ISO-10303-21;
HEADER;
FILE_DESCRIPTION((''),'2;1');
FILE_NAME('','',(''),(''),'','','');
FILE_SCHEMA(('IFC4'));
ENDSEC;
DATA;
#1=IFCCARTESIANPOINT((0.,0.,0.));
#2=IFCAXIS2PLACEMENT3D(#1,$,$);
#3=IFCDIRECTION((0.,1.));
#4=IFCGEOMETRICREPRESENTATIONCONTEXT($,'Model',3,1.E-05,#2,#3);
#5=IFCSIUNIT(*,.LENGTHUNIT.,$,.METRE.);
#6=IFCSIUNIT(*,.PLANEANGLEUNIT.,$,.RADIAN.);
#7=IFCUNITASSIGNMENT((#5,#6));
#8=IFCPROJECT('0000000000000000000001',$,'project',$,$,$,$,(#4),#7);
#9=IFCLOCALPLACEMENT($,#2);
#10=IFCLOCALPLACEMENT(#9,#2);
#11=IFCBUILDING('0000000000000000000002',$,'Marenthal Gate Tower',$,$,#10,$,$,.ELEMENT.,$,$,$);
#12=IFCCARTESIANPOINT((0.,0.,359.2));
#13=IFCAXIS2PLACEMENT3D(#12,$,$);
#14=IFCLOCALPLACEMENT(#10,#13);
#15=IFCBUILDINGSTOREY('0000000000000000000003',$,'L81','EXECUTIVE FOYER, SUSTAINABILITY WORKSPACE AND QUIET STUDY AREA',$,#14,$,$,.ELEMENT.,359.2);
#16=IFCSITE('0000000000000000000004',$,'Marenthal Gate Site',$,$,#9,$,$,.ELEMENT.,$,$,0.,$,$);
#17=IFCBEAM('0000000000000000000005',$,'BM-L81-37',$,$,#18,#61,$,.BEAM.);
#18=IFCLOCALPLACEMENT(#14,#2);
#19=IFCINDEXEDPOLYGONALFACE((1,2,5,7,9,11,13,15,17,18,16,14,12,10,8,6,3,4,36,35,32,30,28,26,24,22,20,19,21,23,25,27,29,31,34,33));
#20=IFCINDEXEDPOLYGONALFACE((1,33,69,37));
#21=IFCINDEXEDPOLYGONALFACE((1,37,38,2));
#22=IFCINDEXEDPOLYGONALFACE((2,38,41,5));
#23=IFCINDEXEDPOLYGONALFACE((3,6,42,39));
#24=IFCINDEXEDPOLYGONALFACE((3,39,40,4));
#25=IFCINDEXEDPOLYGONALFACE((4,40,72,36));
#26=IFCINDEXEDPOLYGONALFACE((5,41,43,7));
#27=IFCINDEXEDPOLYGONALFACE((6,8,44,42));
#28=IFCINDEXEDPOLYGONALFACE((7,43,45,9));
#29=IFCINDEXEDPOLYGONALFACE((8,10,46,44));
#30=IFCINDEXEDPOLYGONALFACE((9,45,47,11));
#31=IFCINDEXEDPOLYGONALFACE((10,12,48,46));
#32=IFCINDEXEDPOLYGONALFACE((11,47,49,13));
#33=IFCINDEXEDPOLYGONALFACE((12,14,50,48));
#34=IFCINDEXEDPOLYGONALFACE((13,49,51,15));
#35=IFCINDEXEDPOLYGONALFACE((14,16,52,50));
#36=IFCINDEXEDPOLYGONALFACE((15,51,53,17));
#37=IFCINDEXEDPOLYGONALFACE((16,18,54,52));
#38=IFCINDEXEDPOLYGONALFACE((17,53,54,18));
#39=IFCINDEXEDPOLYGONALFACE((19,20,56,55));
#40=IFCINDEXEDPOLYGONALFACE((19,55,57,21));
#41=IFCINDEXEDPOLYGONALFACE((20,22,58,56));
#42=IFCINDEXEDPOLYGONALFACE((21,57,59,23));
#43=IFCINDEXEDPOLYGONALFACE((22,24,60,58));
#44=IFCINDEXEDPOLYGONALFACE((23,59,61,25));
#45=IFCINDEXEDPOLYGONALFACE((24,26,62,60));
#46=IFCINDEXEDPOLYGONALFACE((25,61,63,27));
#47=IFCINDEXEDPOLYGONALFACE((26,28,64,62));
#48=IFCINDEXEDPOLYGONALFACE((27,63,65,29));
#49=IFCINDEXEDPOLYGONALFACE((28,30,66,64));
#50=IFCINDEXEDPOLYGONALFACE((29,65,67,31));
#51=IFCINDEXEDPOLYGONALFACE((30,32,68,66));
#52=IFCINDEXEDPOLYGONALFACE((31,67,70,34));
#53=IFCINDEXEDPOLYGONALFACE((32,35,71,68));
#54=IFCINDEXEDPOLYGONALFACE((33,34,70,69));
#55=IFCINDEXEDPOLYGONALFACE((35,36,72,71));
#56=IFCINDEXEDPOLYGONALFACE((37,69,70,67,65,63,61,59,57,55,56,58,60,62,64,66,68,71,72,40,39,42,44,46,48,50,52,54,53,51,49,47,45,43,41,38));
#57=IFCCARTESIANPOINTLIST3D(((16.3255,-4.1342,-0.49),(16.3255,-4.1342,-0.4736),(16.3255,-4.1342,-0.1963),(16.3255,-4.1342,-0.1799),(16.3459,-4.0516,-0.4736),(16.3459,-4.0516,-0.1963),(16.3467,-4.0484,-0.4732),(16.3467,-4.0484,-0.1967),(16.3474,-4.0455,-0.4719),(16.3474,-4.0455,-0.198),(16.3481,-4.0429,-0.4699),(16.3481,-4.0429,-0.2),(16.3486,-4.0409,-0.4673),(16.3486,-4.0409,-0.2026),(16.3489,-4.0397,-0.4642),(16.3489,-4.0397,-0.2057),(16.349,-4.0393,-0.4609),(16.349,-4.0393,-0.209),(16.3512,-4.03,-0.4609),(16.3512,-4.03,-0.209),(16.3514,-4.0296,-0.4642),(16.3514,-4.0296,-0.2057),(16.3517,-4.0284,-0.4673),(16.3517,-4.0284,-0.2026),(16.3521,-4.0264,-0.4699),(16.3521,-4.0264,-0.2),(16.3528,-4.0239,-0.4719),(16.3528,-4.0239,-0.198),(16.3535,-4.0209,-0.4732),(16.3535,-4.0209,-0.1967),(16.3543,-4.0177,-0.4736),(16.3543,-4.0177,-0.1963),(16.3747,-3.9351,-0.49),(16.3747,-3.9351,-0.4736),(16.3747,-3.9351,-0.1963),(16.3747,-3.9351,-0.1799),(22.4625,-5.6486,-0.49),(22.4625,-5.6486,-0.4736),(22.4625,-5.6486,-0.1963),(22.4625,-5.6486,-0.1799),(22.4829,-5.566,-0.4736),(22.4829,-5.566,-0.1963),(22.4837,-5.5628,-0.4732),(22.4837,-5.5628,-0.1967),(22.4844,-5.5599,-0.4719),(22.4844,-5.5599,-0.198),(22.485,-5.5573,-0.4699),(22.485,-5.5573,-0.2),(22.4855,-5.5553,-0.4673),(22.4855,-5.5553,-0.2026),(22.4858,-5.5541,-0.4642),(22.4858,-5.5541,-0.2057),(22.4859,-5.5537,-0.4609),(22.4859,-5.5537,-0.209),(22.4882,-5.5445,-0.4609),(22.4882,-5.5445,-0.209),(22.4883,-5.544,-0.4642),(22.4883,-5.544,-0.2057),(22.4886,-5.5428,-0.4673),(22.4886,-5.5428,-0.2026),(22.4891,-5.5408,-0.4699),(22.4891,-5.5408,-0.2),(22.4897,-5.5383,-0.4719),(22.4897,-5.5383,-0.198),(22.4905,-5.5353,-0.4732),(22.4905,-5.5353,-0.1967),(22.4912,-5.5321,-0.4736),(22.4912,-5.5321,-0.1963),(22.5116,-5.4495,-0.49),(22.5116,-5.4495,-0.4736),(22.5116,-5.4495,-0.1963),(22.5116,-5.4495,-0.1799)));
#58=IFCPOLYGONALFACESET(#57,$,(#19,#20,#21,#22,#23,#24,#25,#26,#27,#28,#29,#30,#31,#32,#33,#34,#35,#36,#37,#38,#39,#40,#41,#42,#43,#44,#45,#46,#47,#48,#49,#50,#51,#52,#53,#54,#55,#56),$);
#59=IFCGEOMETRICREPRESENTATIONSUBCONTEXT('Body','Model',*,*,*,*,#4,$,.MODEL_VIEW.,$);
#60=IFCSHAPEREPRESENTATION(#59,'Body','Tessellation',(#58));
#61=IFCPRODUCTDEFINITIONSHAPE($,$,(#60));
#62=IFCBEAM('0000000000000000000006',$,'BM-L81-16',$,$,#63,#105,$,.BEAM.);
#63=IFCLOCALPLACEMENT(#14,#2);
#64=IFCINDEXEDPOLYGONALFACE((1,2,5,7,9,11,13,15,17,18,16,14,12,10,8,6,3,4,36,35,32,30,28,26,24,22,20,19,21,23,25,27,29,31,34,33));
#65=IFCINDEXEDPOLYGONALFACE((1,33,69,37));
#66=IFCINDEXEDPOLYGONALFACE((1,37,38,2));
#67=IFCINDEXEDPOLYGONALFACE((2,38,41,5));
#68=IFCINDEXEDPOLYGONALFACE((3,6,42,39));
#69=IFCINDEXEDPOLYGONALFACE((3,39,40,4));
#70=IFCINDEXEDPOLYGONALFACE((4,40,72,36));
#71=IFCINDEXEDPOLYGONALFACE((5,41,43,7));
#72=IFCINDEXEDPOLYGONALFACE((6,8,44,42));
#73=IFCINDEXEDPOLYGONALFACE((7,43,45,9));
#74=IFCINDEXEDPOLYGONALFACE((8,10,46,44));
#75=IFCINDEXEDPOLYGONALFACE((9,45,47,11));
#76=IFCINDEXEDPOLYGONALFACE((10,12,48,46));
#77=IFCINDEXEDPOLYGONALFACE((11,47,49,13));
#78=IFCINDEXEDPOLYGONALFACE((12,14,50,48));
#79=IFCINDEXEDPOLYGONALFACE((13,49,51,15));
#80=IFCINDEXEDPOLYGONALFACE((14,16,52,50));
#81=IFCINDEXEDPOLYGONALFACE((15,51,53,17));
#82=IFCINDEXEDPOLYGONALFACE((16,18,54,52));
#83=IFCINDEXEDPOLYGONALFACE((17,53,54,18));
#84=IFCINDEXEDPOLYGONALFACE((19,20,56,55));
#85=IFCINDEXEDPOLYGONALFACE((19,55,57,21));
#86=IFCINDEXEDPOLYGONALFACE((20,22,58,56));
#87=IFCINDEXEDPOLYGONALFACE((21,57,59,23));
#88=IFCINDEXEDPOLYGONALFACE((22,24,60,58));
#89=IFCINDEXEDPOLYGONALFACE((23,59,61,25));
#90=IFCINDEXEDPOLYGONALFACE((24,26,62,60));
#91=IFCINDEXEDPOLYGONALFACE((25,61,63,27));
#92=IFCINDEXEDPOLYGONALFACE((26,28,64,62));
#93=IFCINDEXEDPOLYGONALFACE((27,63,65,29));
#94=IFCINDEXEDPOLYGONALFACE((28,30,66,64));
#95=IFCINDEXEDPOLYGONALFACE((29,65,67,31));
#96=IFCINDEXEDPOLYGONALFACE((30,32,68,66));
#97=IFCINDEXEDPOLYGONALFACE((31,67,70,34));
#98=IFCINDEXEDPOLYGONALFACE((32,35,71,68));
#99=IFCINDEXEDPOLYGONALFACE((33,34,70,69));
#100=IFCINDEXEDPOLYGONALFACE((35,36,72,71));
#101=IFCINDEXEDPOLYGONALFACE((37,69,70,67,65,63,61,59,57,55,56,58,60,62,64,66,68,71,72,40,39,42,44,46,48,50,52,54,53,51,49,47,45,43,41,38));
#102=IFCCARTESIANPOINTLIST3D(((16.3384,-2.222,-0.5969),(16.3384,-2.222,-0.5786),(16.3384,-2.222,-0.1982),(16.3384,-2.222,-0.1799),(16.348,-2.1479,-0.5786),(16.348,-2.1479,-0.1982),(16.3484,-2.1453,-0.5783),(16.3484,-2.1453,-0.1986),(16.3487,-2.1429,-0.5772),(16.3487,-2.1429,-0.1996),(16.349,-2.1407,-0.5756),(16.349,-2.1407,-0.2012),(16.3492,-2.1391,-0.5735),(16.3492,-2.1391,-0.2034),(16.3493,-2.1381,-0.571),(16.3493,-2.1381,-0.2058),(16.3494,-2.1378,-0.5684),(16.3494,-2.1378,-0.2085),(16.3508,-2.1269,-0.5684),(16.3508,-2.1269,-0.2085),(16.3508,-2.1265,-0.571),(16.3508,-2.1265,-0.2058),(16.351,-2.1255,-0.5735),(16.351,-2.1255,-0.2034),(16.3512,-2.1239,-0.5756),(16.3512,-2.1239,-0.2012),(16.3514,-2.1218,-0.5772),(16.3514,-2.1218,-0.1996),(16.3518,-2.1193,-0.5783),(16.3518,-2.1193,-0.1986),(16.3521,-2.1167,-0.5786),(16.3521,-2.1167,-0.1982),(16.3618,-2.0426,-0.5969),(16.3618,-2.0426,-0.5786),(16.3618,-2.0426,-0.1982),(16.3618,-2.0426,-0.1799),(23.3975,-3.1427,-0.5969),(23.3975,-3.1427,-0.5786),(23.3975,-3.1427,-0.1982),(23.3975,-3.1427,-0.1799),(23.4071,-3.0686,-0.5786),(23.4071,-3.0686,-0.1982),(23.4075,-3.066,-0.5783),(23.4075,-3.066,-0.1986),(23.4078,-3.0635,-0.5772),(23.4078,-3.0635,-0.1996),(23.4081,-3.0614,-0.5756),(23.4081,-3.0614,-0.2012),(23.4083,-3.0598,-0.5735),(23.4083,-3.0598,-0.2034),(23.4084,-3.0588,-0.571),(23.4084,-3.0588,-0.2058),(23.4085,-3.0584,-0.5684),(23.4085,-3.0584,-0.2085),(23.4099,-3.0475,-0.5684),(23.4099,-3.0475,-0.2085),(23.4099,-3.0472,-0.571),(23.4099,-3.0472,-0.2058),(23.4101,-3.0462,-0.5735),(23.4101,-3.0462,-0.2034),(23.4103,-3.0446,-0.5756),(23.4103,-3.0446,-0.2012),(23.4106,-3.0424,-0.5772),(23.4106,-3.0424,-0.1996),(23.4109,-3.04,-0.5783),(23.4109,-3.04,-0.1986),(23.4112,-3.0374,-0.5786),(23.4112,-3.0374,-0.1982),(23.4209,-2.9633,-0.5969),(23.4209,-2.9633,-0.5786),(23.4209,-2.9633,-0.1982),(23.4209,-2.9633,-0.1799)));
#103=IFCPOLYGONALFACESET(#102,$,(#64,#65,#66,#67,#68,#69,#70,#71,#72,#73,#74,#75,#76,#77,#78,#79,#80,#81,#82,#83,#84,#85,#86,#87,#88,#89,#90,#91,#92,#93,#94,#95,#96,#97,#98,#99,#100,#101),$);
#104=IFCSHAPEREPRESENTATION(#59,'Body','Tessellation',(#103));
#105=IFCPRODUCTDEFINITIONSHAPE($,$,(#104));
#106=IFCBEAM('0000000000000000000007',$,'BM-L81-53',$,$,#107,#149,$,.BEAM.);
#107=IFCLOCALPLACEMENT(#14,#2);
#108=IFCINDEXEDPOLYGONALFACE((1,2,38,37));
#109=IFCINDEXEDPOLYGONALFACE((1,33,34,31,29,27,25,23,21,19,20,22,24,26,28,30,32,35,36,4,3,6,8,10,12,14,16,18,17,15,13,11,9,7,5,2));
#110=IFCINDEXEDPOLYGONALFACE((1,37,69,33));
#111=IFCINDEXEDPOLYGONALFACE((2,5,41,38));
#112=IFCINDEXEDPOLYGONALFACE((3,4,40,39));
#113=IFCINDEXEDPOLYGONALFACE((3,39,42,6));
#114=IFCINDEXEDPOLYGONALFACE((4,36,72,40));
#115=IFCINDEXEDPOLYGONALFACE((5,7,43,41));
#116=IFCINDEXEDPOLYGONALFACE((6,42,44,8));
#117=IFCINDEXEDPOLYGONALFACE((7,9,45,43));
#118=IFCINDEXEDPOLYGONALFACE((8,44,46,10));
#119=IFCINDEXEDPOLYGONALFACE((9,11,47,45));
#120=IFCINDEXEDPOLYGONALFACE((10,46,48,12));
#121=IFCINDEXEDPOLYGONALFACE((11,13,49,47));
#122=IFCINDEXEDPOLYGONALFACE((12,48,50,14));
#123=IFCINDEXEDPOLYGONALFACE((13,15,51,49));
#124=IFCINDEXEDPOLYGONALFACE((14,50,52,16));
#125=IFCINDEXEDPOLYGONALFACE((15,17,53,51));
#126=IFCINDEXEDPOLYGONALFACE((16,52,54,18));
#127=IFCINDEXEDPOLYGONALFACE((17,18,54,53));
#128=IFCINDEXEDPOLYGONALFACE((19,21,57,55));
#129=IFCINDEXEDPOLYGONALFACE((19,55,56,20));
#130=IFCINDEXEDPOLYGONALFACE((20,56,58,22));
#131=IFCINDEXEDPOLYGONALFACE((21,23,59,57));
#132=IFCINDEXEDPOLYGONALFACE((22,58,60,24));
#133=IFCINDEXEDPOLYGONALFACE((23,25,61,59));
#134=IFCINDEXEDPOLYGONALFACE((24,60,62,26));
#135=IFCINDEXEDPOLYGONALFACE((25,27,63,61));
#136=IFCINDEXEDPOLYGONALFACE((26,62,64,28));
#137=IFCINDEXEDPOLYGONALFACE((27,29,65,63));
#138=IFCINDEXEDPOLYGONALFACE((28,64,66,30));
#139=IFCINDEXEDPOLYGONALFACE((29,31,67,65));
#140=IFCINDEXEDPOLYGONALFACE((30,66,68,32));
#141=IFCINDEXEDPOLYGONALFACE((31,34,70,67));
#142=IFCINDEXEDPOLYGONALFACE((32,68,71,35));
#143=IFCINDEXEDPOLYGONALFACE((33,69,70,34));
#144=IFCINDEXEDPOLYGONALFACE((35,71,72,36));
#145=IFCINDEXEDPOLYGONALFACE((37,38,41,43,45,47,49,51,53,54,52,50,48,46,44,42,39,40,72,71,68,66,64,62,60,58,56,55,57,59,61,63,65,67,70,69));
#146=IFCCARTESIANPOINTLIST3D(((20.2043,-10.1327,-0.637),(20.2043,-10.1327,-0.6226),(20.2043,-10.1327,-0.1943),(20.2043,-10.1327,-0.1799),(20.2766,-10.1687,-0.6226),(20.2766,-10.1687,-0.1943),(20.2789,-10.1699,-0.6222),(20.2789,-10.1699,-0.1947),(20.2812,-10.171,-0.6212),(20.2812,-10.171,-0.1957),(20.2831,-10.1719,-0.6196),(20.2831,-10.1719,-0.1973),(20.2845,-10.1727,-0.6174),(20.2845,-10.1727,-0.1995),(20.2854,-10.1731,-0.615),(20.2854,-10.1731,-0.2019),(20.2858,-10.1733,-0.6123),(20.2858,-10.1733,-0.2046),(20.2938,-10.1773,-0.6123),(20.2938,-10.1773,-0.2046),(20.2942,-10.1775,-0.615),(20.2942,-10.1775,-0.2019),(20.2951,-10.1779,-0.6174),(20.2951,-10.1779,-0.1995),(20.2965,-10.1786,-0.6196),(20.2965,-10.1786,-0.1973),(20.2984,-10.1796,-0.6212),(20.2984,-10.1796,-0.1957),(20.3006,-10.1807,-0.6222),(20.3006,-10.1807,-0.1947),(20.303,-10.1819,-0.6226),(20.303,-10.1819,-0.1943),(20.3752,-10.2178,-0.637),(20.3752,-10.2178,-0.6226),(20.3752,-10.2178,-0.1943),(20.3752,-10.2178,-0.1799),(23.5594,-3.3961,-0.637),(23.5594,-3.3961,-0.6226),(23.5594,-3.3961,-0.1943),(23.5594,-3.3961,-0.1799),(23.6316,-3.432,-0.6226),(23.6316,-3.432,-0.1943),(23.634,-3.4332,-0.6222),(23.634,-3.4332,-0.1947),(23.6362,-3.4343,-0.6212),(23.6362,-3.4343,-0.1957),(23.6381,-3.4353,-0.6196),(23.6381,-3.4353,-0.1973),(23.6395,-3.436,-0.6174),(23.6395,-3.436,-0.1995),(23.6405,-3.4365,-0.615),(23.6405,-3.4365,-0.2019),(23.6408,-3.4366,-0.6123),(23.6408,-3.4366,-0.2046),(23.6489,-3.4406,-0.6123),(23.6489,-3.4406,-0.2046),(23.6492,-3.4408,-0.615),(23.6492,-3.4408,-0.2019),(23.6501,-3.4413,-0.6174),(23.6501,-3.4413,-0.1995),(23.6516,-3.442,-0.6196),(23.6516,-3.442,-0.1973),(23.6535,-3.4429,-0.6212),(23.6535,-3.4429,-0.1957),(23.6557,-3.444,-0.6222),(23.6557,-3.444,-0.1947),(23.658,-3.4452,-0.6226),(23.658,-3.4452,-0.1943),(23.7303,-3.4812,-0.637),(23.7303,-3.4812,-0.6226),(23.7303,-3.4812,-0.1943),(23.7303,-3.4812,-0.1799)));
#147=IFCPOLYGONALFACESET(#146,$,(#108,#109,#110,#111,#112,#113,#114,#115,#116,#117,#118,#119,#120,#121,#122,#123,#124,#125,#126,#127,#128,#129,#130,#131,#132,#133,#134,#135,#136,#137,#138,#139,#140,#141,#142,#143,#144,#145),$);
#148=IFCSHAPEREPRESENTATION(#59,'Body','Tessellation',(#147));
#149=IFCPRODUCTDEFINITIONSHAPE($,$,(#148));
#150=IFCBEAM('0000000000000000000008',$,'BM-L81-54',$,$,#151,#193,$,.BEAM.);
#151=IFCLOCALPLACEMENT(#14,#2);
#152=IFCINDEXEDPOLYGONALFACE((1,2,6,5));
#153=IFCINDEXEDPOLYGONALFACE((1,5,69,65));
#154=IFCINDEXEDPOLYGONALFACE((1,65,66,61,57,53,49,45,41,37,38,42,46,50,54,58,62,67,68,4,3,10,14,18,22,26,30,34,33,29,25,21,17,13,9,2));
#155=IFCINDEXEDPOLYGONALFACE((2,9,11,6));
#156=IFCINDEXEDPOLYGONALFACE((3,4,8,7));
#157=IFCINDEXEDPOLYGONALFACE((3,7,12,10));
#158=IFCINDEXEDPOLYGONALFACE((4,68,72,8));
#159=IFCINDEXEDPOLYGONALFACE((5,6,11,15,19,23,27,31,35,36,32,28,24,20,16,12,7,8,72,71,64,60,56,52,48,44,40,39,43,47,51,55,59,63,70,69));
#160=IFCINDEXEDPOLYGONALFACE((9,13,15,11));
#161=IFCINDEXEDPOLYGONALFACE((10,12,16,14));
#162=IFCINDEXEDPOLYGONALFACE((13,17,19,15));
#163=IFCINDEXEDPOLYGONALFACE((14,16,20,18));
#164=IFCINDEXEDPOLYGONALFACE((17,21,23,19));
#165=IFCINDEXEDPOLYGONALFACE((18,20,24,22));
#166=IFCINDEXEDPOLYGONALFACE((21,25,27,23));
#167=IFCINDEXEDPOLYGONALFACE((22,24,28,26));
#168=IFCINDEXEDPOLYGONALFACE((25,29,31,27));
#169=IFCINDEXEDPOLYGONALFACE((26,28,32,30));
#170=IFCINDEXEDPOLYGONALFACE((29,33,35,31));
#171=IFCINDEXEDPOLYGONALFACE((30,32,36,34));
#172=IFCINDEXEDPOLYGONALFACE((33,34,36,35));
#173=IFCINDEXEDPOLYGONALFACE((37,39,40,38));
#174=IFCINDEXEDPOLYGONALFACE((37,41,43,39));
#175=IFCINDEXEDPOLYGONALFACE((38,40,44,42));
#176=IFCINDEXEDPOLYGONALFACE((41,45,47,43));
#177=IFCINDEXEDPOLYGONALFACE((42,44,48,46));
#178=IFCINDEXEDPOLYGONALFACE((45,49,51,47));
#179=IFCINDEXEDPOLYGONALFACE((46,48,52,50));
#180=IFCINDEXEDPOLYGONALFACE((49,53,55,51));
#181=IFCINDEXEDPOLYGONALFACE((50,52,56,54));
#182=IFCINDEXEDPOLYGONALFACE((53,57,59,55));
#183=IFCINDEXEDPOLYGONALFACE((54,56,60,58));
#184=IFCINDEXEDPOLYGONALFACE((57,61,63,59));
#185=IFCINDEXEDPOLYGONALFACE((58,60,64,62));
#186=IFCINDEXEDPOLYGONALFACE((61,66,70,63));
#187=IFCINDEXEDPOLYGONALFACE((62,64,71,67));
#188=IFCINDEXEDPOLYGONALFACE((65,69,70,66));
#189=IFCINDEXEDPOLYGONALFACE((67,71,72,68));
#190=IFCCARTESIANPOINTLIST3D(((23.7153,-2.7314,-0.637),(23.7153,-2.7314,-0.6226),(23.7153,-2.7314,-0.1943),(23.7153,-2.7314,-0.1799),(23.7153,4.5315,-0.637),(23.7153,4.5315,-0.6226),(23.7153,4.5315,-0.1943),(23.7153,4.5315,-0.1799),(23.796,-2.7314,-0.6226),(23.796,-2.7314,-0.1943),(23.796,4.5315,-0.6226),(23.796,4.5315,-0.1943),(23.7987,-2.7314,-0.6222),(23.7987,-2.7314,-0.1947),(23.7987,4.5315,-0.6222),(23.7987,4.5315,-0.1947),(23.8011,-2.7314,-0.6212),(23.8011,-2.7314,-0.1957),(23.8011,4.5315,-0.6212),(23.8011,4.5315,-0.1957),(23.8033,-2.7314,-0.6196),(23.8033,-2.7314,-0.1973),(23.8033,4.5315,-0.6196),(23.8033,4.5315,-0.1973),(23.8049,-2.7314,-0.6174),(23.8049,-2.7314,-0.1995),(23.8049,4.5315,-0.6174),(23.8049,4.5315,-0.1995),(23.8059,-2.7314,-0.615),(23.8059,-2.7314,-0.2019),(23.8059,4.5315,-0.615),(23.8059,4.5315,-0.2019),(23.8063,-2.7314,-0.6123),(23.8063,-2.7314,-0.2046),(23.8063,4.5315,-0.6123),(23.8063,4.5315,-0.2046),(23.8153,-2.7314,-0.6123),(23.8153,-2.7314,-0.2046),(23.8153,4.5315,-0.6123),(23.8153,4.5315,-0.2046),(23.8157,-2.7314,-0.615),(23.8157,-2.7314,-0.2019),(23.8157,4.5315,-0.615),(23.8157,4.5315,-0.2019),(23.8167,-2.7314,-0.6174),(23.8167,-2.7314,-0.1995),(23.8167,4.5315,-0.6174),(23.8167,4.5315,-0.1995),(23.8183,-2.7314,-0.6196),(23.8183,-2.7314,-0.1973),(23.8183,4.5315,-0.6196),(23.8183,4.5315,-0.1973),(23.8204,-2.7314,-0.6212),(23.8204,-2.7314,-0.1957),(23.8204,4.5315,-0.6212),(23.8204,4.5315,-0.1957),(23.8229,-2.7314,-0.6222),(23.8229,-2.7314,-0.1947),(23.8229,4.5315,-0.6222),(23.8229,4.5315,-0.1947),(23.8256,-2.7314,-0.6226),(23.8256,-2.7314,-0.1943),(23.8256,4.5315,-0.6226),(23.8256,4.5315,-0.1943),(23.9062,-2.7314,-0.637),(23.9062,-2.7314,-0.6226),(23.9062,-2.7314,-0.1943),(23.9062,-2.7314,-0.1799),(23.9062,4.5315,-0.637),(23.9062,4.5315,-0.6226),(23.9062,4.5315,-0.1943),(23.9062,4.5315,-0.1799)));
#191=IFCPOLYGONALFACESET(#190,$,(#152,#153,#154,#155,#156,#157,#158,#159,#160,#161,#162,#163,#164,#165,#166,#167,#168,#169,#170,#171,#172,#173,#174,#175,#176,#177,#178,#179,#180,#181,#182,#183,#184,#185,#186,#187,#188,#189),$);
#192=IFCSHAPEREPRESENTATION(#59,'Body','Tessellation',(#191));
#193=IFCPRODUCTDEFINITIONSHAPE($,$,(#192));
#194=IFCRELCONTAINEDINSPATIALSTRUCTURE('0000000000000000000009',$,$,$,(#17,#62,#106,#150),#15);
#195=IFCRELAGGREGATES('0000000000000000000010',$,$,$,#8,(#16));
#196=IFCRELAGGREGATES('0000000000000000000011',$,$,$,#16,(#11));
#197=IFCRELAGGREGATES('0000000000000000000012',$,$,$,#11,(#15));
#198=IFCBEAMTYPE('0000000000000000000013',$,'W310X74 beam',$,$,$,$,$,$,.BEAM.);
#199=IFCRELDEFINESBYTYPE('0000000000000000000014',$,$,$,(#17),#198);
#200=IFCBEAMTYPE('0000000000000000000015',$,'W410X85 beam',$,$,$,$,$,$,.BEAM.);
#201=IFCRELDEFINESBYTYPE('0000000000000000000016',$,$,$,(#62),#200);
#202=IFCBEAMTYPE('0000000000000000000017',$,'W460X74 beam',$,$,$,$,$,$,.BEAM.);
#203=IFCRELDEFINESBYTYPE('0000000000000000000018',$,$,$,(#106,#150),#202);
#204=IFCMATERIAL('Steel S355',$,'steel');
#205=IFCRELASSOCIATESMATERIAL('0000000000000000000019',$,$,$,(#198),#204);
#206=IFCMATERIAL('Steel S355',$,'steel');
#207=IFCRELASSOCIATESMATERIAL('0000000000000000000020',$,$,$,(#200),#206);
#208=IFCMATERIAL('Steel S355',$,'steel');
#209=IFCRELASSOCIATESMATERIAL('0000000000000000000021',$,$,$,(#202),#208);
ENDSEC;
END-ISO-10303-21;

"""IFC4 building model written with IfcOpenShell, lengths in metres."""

from ifc_helpers import new_model, si_unit, direction, frame, origin, origin_2d, place, context, subcontext, project, spatial, i_section, extrude, material, material_profile, profile_set, type_object, element, save


model = new_model("IFC4")

# Units and contexts
model_context = context("Model", 3, precision=1e-05, world=origin(), true_north=direction((0.0, 1.0)))
body_context = subcontext(model_context, "Body", "Model", "MODEL_VIEW")
ifc_project = project(units=[si_unit("LENGTHUNIT", "METRE"), si_unit("PLANEANGLEUNIT", "RADIAN")], contexts=[model_context])

# Site, building, storey
site_placement = place(None, origin())
site = spatial("IfcSite", under=ifc_project, at=site_placement, Name="Marenthal Gate Site", CompositionType="ELEMENT", RefElevation=0.0)
building_placement = place(site_placement, origin())
building = spatial("IfcBuilding", under=site, at=building_placement, Name="Marenthal Gate Tower", CompositionType="ELEMENT")
storey_placement = place(building_placement, frame((0.0, 0.0, 359.2)))
storey = spatial("IfcBuildingStorey", under=building, at=storey_placement, Name="L81", Description="EXECUTIVE FOYER, SUSTAINABILITY WORKSPACE AND QUIET STUDY AREA", CompositionType="ELEMENT", Elevation=359.2)

# Beams
ifc_material_1 = material(Name="Steel S355", Category="steel")
ifc_material_profile_1 = material_profile(ifc_material_1, i_section(OverallWidth=0.2051, OverallDepth=0.3101, WebThickness=0.0095, FlangeThickness=0.0164, FilletRadius=0.0127, at=origin_2d()), Name="W310X74")
ifc_profile_set_1 = profile_set([ifc_material_profile_1], Name="Steel S355")
beam_type_1 = type_object("IfcBeamType", Name="W310X74 beam", PredefinedType="BEAM", material=ifc_profile_set_1)
beam_1_placement = place(storey_placement, frame((22.4871, -5.5491, -0.335), z_axis=(-0.970876, 0.239581, 0.0), x_axis=(-0.239581, -0.970876, 0.0)))
element("IfcBeam", 1, at=beam_1_placement, inside=storey, type_object=beam_type_1, Name="BM-L81-37", PredefinedType="BEAM", context=body_context, shape_type="SweptSolid", body=[
    extrude(i_section(OverallWidth=0.2051, OverallDepth=0.3101, WebThickness=0.0095, FlangeThickness=0.0164, FilletRadius=0.0127, at=origin_2d()), origin(), (0.0, 0.0, 1.0), 6.321),
])
ifc_material_2 = material(Name="Steel S355", Category="steel")
ifc_material_profile_2 = material_profile(ifc_material_2, i_section(OverallWidth=0.1809, OverallDepth=0.417, WebThickness=0.011, FlangeThickness=0.0183, FilletRadius=0.0103, at=origin_2d()), Name="W410X85")
ifc_profile_set_2 = profile_set([ifc_material_profile_2], Name="Steel S355")
beam_type_2 = type_object("IfcBeamType", Name="W410X85 beam", PredefinedType="BEAM", material=ifc_profile_set_2)
beam_2_placement = place(storey_placement, frame((23.4092, -3.053, -0.3884), z_axis=(-0.991602, 0.129326, 0.0), x_axis=(-0.129326, -0.991602, 0.0)))
element("IfcBeam", 2, at=beam_2_placement, inside=storey, type_object=beam_type_2, Name="BM-L81-16", PredefinedType="BEAM", context=body_context, shape_type="SweptSolid", body=[
    extrude(i_section(OverallWidth=0.1809, OverallDepth=0.417, WebThickness=0.011, FlangeThickness=0.0183, FilletRadius=0.0103, at=origin_2d()), origin(), (0.0, 0.0, 1.0), 7.1189),
])
ifc_material_3 = material(Name="Steel S355", Category="steel")
ifc_material_profile_3 = material_profile(ifc_material_3, i_section(OverallWidth=0.1909, OverallDepth=0.457, WebThickness=0.009, FlangeThickness=0.0144, FilletRadius=0.0103, at=origin_2d()), Name="W460X74")
ifc_profile_set_3 = profile_set([ifc_material_profile_3], Name="Steel S355")
beam_type_3 = type_object("IfcBeamType", Name="W460X74 beam", PredefinedType="BEAM", material=ifc_profile_set_3)
beam_3_placement = place(storey_placement, frame((20.2898, -10.1753, -0.4084), z_axis=(0.445799, 0.895133, 0.0), x_axis=(-0.895133, 0.445799, 0.0)))
element("IfcBeam", 3, at=beam_3_placement, inside=storey, type_object=beam_type_3, Name="BM-L81-53", PredefinedType="BEAM", context=body_context, shape_type="SweptSolid", body=[
    extrude(i_section(OverallWidth=0.1909, OverallDepth=0.457, WebThickness=0.009, FlangeThickness=0.0144, FilletRadius=0.0103, at=origin_2d()), origin(), (0.0, 0.0, 1.0), 7.5259),
])
beam_4_placement = place(storey_placement, frame((23.8108, -2.7314, -0.4084), z_axis=(0.0, 1.0, 0.0), x_axis=(-1.0, 0.0, 0.0)))
element("IfcBeam", 4, at=beam_4_placement, inside=storey, type_object=beam_type_3, Name="BM-L81-54", PredefinedType="BEAM", context=body_context, shape_type="SweptSolid", body=[
    extrude(i_section(OverallWidth=0.1909, OverallDepth=0.457, WebThickness=0.009, FlangeThickness=0.0144, FilletRadius=0.0103, at=origin_2d()), origin(), (0.0, 0.0, 1.0), 7.2629),
])

save(model, "model.ifc")
